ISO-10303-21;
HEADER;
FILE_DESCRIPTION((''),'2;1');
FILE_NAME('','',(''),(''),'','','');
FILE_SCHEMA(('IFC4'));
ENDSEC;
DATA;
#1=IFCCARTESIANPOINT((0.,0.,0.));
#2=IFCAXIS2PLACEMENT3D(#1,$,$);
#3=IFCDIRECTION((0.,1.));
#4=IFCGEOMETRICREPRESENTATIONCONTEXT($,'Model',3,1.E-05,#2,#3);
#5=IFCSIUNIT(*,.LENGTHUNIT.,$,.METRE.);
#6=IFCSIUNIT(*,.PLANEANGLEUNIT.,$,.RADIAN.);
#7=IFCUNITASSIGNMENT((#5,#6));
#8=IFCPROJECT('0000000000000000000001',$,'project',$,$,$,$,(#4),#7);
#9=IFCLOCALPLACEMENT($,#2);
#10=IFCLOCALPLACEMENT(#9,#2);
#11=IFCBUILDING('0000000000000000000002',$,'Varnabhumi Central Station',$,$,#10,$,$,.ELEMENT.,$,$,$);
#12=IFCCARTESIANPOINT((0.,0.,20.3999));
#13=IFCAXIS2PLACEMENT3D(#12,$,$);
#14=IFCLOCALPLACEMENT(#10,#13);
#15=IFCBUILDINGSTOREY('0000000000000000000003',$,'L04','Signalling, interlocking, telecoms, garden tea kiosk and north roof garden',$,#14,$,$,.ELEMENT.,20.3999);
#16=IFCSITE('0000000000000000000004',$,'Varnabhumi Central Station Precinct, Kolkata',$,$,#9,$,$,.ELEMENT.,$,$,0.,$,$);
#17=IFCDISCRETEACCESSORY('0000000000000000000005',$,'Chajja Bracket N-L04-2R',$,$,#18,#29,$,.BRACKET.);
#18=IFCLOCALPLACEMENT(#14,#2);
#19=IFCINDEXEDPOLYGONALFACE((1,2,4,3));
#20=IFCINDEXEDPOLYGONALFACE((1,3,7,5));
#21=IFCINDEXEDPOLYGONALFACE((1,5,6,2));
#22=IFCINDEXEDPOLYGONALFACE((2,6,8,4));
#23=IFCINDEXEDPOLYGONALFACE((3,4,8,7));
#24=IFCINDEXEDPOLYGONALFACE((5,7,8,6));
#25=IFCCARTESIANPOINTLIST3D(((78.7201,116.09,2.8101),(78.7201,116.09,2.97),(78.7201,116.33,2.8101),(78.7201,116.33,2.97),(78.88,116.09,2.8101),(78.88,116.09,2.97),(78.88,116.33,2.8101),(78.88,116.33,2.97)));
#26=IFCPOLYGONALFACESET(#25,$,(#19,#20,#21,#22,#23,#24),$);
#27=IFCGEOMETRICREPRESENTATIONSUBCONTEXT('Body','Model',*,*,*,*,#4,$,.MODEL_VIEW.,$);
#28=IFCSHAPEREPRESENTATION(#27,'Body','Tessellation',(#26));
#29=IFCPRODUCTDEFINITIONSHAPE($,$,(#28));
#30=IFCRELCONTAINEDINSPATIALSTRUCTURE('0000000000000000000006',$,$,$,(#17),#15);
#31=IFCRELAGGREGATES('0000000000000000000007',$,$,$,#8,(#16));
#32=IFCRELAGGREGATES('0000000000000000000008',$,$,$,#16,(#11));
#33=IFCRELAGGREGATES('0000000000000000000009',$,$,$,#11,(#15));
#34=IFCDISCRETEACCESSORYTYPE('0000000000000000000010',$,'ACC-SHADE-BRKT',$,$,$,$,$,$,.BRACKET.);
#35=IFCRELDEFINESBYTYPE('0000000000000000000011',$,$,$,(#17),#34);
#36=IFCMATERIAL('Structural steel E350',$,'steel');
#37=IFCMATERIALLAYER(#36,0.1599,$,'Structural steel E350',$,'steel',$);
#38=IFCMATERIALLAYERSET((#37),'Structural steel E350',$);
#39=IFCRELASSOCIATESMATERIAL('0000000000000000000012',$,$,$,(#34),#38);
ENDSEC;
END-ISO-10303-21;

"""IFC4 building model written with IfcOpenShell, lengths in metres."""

from ifc_helpers import new_model, si_unit, direction, frame, origin, origin_2d, place, context, subcontext, project, spatial, rectangle, extrude, material, layer, layer_set, type_object, element, save


model = new_model("IFC4")

# Units and contexts
model_context = context("Model", 3, precision=1e-05, world=origin(), true_north=direction((0.0, 1.0)))
body_context = subcontext(model_context, "Body", "Model", "MODEL_VIEW")
ifc_project = project(units=[si_unit("LENGTHUNIT", "METRE"), si_unit("PLANEANGLEUNIT", "RADIAN")], contexts=[model_context])

# Site, building, storey
site_placement = place(None, origin())
site = spatial("IfcSite", under=ifc_project, at=site_placement, Name="Varnabhumi Central Station Precinct, Kolkata", CompositionType="ELEMENT", RefElevation=0.0)
building_placement = place(site_placement, origin())
building = spatial("IfcBuilding", under=site, at=building_placement, Name="Varnabhumi Central Station", CompositionType="ELEMENT")
storey_placement = place(building_placement, frame((0.0, 0.0, 20.3999)))
storey = spatial("IfcBuildingStorey", under=building, at=storey_placement, Name="L04", Description="Signalling, interlocking, telecoms, garden tea kiosk and north roof garden", CompositionType="ELEMENT", Elevation=20.3999)

# Shared definitions
ifc_material_1 = material(Name="Structural steel E350", Category="steel")

# Discrete accessory
ifc_layer_1 = layer(ifc_material_1, 0.1599, Name="Structural steel E350", Category="steel")
ifc_layer_set_1 = layer_set([ifc_layer_1], Name="Structural steel E350")
discrete_accessory_type = type_object("IfcDiscreteAccessoryType", Name="ACC-SHADE-BRKT", PredefinedType="BRACKET", material=ifc_layer_set_1)
discrete_accessory_placement = place(storey_placement, frame((78.8, 116.21, 2.8101), z_axis=(0.0, 0.0, 1.0), x_axis=(1.0, 0.0, 0.0)))
element("IfcDiscreteAccessory", 1, at=discrete_accessory_placement, inside=storey, type_object=discrete_accessory_type, Name="Chajja Bracket N-L04-2R", PredefinedType="BRACKET", context=body_context, shape_type="SweptSolid", body=[
    extrude(rectangle(XDim=0.1599, YDim=0.24, at=origin_2d()), origin(), (0.0, 0.0, 1.0), 0.1599),
])

save(model, "model.ifc")
